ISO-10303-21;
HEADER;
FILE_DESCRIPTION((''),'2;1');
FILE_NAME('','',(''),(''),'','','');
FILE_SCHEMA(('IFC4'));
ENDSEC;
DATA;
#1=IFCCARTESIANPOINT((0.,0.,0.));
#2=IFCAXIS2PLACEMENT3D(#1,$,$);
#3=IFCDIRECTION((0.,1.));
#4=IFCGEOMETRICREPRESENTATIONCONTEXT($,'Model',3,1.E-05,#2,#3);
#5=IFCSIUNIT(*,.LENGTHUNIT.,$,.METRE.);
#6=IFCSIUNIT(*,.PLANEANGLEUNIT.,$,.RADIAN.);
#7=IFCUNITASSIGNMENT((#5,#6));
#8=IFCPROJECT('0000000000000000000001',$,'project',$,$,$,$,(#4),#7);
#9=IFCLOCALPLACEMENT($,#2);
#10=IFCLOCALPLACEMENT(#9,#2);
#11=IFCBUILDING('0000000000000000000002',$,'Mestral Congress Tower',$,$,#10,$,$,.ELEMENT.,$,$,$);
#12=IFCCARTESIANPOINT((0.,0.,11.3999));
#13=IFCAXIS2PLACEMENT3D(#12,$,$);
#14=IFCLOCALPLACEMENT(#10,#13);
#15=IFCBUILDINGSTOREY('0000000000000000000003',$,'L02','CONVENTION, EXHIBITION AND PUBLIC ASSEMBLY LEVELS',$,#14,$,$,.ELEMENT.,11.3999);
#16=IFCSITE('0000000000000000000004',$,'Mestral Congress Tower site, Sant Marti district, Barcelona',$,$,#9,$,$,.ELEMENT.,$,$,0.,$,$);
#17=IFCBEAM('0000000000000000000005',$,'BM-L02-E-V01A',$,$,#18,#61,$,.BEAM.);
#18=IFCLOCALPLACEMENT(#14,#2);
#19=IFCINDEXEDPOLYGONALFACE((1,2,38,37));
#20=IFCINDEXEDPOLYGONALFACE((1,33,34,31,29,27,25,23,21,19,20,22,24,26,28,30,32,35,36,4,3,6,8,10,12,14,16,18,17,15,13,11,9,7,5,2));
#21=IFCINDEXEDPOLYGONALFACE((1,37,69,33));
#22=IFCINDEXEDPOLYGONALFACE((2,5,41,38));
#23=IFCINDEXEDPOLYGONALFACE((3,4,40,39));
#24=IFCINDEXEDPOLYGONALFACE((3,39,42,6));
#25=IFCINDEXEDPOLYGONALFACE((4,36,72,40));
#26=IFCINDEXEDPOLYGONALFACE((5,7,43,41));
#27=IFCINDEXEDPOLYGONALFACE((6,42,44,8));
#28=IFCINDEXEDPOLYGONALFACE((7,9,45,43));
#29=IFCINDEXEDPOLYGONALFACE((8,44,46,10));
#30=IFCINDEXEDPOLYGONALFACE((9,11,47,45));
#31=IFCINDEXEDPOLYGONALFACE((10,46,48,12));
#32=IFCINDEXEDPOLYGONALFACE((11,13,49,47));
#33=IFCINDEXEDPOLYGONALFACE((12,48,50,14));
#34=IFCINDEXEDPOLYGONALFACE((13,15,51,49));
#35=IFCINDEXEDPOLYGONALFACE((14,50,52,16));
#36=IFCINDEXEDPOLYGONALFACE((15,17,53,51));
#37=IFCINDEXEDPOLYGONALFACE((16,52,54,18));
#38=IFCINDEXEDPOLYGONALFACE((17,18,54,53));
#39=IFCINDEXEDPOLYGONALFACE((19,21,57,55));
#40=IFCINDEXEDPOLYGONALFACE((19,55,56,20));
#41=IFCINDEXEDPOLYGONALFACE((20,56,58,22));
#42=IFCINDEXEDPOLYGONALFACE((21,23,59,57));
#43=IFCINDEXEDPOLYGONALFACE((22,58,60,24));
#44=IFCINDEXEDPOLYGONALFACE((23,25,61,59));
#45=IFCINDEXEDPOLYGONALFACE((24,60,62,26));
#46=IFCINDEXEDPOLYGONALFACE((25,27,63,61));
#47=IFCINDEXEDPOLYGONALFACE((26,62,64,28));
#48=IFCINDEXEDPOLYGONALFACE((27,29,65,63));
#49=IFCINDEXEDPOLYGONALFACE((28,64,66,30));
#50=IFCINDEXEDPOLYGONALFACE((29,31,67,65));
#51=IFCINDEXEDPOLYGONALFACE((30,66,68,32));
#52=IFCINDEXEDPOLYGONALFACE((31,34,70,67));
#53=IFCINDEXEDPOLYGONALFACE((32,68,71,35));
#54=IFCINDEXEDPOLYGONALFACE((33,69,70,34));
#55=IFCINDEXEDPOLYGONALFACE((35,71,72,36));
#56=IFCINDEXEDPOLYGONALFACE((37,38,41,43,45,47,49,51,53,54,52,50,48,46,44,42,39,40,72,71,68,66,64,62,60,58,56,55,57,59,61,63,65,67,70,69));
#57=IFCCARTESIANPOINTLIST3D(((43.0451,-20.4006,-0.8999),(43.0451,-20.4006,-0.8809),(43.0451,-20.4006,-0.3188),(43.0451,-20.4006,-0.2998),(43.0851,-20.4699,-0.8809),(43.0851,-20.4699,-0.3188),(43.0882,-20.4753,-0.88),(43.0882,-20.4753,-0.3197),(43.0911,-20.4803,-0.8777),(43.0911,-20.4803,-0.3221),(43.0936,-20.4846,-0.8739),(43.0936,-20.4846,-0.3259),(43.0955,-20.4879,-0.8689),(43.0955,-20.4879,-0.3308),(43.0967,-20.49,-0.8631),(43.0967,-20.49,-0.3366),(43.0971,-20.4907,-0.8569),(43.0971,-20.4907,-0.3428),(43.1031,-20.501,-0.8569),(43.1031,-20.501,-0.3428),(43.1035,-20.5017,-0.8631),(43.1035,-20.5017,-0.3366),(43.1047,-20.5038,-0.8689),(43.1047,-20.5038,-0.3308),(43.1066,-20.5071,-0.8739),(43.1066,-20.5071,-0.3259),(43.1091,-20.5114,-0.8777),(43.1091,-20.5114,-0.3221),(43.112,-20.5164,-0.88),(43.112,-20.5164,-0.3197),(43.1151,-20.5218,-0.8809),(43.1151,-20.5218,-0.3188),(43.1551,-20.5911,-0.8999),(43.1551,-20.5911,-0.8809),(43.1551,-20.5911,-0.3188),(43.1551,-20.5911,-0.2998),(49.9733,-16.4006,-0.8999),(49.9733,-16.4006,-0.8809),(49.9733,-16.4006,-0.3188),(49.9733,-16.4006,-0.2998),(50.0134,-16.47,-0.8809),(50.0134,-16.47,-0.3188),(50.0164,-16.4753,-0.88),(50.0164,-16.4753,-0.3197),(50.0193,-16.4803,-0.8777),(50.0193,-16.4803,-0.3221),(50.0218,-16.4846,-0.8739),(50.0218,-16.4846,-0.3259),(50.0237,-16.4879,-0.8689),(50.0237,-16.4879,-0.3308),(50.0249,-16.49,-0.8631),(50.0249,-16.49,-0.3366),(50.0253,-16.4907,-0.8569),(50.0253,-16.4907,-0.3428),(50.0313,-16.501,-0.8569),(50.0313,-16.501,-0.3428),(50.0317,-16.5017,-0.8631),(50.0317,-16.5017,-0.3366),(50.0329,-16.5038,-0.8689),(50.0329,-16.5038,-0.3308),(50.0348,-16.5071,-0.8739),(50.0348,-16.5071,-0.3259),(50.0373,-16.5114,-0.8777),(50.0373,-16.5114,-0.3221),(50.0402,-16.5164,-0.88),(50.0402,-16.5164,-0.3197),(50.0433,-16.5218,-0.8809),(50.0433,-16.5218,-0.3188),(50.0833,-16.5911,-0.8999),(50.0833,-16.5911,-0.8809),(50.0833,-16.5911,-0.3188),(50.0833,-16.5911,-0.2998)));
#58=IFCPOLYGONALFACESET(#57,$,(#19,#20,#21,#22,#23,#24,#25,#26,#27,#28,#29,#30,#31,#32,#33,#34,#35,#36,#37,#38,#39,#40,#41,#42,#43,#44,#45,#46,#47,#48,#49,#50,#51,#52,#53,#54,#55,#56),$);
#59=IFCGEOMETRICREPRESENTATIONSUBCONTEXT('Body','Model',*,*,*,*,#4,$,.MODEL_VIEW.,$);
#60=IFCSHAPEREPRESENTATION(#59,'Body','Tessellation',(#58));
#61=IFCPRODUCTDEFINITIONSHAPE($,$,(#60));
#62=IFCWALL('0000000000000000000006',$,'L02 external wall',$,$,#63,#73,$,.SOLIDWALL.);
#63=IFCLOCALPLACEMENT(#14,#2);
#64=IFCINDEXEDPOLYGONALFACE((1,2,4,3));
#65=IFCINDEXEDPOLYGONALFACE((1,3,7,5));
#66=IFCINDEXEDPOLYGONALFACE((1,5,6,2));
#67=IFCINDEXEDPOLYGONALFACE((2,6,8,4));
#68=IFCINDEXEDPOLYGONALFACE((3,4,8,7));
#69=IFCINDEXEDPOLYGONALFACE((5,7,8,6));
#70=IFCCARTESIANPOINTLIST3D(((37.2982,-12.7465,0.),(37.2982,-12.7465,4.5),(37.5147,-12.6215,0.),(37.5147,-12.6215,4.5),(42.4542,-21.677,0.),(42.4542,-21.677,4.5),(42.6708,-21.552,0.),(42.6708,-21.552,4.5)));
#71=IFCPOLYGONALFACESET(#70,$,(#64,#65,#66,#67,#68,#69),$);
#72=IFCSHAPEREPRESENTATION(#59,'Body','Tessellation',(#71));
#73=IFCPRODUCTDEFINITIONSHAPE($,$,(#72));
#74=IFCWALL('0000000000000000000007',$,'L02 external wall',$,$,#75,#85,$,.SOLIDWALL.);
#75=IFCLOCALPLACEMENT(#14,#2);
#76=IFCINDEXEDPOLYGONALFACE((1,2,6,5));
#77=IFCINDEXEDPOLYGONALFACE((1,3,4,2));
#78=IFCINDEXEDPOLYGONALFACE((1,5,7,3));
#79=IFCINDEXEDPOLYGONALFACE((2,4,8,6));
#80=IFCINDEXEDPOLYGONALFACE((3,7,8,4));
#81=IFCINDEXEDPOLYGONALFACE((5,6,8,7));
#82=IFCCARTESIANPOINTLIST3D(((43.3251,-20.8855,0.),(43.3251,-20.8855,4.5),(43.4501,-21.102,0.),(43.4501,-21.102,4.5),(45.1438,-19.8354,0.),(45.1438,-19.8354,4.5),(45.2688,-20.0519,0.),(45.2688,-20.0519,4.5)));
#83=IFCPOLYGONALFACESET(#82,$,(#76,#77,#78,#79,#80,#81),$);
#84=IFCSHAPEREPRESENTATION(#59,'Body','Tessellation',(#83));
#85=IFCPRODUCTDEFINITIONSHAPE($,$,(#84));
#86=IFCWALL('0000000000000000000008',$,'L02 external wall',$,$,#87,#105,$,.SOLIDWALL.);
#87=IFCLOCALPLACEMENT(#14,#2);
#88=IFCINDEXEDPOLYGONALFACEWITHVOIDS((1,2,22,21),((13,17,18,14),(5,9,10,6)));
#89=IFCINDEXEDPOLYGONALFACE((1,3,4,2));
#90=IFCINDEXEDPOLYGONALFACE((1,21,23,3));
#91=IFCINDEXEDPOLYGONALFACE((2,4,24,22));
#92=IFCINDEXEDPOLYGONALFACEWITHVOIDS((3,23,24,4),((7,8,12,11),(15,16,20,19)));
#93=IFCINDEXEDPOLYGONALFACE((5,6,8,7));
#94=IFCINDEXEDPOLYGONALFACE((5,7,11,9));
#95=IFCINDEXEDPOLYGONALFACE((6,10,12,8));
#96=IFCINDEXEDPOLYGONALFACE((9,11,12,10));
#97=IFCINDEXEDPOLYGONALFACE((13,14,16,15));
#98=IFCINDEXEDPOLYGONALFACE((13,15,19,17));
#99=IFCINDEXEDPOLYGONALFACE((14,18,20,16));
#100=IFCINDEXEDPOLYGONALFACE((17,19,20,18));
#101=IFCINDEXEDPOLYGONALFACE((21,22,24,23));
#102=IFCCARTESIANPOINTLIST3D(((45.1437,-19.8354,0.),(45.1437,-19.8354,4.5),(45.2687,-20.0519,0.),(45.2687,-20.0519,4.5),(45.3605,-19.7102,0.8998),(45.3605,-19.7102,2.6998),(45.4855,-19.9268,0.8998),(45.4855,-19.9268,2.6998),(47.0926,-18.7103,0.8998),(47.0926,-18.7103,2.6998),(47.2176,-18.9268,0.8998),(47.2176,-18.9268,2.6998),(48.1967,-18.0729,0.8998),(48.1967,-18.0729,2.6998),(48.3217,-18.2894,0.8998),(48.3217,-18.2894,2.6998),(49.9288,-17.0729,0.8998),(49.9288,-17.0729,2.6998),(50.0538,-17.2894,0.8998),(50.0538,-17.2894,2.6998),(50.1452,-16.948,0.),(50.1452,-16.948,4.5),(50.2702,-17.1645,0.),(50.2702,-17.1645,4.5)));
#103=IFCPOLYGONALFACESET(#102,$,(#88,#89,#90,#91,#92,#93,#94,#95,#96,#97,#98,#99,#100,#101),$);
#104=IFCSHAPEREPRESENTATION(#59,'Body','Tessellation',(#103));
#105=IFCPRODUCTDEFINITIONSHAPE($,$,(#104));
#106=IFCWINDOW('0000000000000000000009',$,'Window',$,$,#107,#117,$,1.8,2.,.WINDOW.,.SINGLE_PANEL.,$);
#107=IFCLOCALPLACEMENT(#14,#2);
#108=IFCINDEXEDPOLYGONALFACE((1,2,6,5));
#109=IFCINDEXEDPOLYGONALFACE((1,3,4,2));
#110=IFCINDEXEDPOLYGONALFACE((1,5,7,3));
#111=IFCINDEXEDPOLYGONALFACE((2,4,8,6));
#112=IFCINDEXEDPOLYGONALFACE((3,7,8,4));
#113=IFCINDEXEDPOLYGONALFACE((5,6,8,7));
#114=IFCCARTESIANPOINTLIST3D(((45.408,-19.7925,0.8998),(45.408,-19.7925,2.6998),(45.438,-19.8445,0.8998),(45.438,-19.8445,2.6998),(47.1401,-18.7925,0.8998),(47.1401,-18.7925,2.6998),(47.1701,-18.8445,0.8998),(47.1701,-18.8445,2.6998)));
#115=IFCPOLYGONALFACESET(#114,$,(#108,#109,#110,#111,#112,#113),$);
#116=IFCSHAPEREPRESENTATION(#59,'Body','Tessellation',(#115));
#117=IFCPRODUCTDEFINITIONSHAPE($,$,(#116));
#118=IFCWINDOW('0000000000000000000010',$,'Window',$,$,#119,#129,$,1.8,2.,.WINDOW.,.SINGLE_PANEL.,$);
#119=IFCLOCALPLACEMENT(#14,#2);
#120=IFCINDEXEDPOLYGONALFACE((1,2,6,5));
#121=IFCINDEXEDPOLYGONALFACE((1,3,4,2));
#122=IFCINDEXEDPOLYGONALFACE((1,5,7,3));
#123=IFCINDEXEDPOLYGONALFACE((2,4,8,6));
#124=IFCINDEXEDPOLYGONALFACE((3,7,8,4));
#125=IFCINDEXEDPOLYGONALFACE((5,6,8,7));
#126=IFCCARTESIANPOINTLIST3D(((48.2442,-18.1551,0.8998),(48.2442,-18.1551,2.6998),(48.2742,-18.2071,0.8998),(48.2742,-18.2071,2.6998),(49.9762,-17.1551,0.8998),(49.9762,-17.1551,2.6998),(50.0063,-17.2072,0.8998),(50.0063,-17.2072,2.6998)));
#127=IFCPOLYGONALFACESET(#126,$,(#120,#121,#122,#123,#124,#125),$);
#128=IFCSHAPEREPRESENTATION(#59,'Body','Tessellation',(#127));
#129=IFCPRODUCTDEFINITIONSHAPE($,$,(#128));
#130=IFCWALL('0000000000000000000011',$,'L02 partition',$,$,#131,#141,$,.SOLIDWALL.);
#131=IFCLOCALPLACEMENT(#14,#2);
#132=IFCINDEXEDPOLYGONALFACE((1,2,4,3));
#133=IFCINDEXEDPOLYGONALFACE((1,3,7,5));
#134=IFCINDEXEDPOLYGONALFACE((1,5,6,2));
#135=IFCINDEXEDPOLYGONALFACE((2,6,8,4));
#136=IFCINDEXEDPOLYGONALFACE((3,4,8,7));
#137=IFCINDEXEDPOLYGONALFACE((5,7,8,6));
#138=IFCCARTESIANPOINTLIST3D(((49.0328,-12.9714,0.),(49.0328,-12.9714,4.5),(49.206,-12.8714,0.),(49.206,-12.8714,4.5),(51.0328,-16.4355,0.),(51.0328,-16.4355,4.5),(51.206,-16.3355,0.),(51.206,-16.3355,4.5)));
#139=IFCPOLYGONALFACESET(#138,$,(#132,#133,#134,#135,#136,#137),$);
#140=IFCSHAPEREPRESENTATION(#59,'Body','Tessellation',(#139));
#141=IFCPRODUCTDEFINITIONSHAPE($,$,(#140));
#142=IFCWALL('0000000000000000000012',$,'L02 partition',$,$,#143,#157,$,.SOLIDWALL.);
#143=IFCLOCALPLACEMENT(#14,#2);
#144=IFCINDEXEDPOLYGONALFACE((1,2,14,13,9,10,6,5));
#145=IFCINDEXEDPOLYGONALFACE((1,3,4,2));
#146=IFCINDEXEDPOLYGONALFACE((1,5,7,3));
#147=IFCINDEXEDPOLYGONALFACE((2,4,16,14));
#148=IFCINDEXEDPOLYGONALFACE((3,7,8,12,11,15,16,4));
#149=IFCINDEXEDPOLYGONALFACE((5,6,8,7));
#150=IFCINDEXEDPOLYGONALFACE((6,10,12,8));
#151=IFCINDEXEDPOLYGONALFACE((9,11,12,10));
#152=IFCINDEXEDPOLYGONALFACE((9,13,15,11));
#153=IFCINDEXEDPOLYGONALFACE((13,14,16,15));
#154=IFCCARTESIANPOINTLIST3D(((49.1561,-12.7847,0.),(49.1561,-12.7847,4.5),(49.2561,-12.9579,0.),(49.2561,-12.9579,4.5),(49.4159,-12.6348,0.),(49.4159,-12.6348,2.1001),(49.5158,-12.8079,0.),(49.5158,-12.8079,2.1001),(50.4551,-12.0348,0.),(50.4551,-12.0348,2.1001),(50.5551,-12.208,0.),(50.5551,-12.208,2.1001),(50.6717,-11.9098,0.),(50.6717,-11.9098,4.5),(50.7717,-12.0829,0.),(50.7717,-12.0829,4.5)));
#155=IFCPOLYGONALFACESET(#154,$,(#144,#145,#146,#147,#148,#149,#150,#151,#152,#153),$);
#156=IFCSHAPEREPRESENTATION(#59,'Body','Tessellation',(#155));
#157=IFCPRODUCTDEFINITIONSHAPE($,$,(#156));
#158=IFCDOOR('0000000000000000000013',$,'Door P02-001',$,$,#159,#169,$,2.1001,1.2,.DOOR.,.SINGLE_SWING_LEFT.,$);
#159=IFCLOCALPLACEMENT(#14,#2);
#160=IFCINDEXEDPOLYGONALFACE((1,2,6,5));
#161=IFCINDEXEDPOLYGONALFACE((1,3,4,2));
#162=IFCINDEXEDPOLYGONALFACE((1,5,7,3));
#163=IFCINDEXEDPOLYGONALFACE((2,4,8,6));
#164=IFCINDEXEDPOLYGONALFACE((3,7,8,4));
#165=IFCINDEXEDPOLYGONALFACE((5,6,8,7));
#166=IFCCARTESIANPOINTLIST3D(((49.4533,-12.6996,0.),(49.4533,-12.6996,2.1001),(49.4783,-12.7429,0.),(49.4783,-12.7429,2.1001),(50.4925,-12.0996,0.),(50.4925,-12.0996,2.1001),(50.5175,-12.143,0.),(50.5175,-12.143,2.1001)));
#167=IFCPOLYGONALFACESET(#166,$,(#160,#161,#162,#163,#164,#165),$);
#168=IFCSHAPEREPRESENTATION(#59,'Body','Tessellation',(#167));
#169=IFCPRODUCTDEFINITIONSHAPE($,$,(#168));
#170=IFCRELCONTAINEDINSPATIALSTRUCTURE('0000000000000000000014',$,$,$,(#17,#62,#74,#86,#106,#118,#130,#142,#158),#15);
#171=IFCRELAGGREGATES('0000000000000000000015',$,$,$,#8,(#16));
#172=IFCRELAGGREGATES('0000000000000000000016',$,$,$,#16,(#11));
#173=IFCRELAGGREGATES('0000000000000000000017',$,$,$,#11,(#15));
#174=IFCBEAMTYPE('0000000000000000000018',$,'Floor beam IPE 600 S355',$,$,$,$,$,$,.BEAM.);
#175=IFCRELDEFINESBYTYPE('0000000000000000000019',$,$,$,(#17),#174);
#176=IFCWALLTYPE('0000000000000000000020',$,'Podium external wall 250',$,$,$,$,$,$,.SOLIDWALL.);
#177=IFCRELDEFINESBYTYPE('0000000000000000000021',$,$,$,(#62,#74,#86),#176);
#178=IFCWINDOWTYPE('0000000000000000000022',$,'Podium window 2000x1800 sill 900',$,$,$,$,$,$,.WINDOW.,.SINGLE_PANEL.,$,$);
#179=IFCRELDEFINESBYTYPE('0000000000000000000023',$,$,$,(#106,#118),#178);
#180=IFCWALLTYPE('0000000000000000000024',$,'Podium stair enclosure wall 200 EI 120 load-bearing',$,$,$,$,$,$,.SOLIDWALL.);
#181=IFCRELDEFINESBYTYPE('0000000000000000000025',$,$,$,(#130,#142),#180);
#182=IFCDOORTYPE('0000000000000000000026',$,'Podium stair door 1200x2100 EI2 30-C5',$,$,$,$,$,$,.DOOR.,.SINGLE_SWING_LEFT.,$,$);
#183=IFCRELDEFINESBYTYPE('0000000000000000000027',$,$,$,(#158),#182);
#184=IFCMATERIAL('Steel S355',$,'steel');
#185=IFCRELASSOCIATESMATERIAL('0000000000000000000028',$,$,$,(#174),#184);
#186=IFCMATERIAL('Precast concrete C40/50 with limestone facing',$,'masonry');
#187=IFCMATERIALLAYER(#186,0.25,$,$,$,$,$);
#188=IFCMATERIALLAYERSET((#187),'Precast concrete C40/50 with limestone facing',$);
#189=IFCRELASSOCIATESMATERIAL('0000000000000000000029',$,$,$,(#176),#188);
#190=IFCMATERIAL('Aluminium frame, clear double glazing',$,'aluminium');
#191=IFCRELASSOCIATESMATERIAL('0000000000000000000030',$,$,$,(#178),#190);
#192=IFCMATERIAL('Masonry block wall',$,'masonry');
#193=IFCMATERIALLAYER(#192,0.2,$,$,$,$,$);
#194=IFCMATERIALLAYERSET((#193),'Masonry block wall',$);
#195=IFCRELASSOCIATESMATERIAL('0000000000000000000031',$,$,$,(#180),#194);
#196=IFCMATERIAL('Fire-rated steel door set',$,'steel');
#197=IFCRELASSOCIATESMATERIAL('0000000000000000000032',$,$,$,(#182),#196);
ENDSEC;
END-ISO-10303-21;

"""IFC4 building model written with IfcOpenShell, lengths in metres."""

from ifc_helpers import new_model, si_unit, direction, frame, frame_2d, origin, origin_2d, place, context, subcontext, project, spatial, rectangle, i_section, extrude, material, layer, layer_set, material_profile, profile_set, type_object, element, fill, save


model = new_model("IFC4")

# Units and contexts
model_context = context("Model", 3, precision=1e-05, world=origin(), true_north=direction((0.0, 1.0)))
body_context = subcontext(model_context, "Body", "Model", "MODEL_VIEW")
ifc_project = project(units=[si_unit("LENGTHUNIT", "METRE"), si_unit("PLANEANGLEUNIT", "RADIAN")], contexts=[model_context])

# Site, building, storey
site_placement = place(None, origin())
site = spatial("IfcSite", under=ifc_project, at=site_placement, Name="Mestral Congress Tower site, Sant Marti district, Barcelona", CompositionType="ELEMENT", RefElevation=0.0)
building_placement = place(site_placement, origin())
building = spatial("IfcBuilding", under=site, at=building_placement, Name="Mestral Congress Tower", CompositionType="ELEMENT")
storey_placement = place(building_placement, frame((0.0, 0.0, 11.3999)))
storey = spatial("IfcBuildingStorey", under=building, at=storey_placement, Name="L02", Description="CONVENTION, EXHIBITION AND PUBLIC ASSEMBLY LEVELS", CompositionType="ELEMENT", Elevation=11.3999)

# Beam
ifc_material_1 = material(Name="Steel S355", Category="steel")
ifc_material_profile_1 = material_profile(ifc_material_1, i_section(OverallWidth=0.22, OverallDepth=0.6001, WebThickness=0.012, FlangeThickness=0.019, FilletRadius=0.0239, at=origin_2d()), Name="IPE 600")
ifc_profile_set_1 = profile_set([ifc_material_profile_1], Name="Steel S355")
beam_type_1 = type_object("IfcBeamType", Name="Floor beam IPE 600 S355", PredefinedType="BEAM", material=ifc_profile_set_1)
beam_1_placement = place(storey_placement, frame((43.1001, -20.4958, -0.5999), z_axis=(0.866026, 0.499999, 0.0), x_axis=(-0.499999, 0.866026, 0.0)))
element("IfcBeam", 1, at=beam_1_placement, inside=storey, type_object=beam_type_1, Name="BM-L02-E-V01A", PredefinedType="BEAM", context=body_context, shape_type="SweptSolid", body=[
    extrude(i_section(OverallWidth=0.22, OverallDepth=0.6001, WebThickness=0.012, FlangeThickness=0.019, FilletRadius=0.0239, at=origin_2d()), origin(), (0.0, 0.0, 1.0), 8.0),
])

# Walls
ifc_material_2 = material(Name="Precast concrete C40/50 with limestone facing", Category="masonry")
ifc_layer_1 = layer(ifc_material_2, 0.25)
ifc_layer_set_1 = layer_set([ifc_layer_1], Name="Precast concrete C40/50 with limestone facing")
wall_type_1 = type_object("IfcWallType", Name="Podium external wall 250", PredefinedType="SOLIDWALL", material=ifc_layer_set_1)
wall_1_placement = place(storey_placement, frame((42.5625, -21.6145, 0.0), z_axis=(0.0, 0.0, 1.0), x_axis=(-0.500002, 0.866024, 0.0)))
element("IfcWall", 2, at=wall_1_placement, inside=storey, type_object=wall_type_1, Name="L02 external wall", PredefinedType="SOLIDWALL", context=body_context, shape_type="SweptSolid", body=[
    extrude(rectangle(XDim=10.312, YDim=0.25, at=frame_2d((5.156, 0.0))), origin(), (0.0, 0.0, 1.0), 4.5),
])
wall_2_placement = place(storey_placement, frame((45.2063, -19.9436, 0.0), z_axis=(0.0, 0.0, 1.0), x_axis=(-0.866009, -0.500028, 0.0)))
element("IfcWall", 3, at=wall_2_placement, inside=storey, type_object=wall_type_1, Name="L02 external wall", PredefinedType="SOLIDWALL", context=body_context, shape_type="SweptSolid", body=[
    extrude(rectangle(XDim=2.1001, YDim=0.25, at=frame_2d((1.05, 0.0))), origin(), (0.0, 0.0, 1.0), 4.5),
])

# Wall, openings, windows
wall_3_placement = place(storey_placement, frame((50.2078, -17.0562, 0.0), z_axis=(0.0, 0.0, 1.0), x_axis=(-0.866036, -0.499981, 0.0)))
wall_3 = element("IfcWall", 4, at=wall_3_placement, inside=storey, type_object=wall_type_1, Name="L02 external wall", PredefinedType="SOLIDWALL", context=body_context, shape_type="SweptSolid", body=[
    extrude(rectangle(XDim=5.7751, YDim=0.25, at=frame_2d((2.8877, 0.0))), origin(), (0.0, 0.0, 1.0), 4.5),
])
opening_1_placement = place(wall_3_placement, frame((3.5249, 0.0, 0.8999)))
opening_1 = element("IfcOpeningElement", 5, at=opening_1_placement, cuts=wall_3, PredefinedType="OPENING", context=body_context, shape_type="SweptSolid", body=[
    extrude(rectangle(XDim=2.0, YDim=1.8, at=frame_2d((1.0, 0.8999))), frame((0.0, 0.135, 0.0), z_axis=(0.0, -1.0, 0.0), x_axis=(1.0, 0.0, 0.0)), (0.0, 0.0, 1.0), 0.27),
])
opening_2_placement = place(wall_3_placement, frame((0.25, 0.0, 0.8999)))
opening_2 = element("IfcOpeningElement", 6, at=opening_2_placement, cuts=wall_3, PredefinedType="OPENING", context=body_context, shape_type="SweptSolid", body=[
    extrude(rectangle(XDim=2.0, YDim=1.8, at=frame_2d((1.0, 0.8999))), frame((0.0, 0.135, 0.0), z_axis=(0.0, -1.0, 0.0), x_axis=(1.0, 0.0, 0.0)), (0.0, 0.0, 1.0), 0.27),
])
ifc_material_3 = material(Name="Aluminium frame, clear double glazing", Category="aluminium")
window_type = type_object("IfcWindowType", Name="Podium window 2000x1800 sill 900", PartitioningType="SINGLE_PANEL", PredefinedType="WINDOW", material=ifc_material_3)
window_1_placement = place(opening_1_placement, origin())
window_1 = element("IfcWindow", 7, at=window_1_placement, inside=storey, type_object=window_type, Name="Window", OverallHeight=1.8, OverallWidth=2.0, PartitioningType="SINGLE_PANEL", PredefinedType="WINDOW", context=body_context, shape_type="SweptSolid", body=[
    extrude(rectangle(XDim=2.0, YDim=1.8, at=frame_2d((1.0, 0.8999))), frame((0.0, 0.03, 0.0), z_axis=(0.0, -1.0, 0.0), x_axis=(1.0, 0.0, 0.0)), (0.0, 0.0, 1.0), 0.0601),
])
fill(opening_1, window_1)
window_2_placement = place(opening_2_placement, origin())
window_2 = element("IfcWindow", 8, at=window_2_placement, inside=storey, type_object=window_type, Name="Window", OverallHeight=1.8, OverallWidth=2.0, PartitioningType="SINGLE_PANEL", PredefinedType="WINDOW", context=body_context, shape_type="SweptSolid", body=[
    extrude(rectangle(XDim=2.0, YDim=1.8, at=frame_2d((1.0, 0.8999))), frame((0.0, 0.03, 0.0), z_axis=(0.0, -1.0, 0.0), x_axis=(1.0, 0.0, 0.0)), (0.0, 0.0, 1.0), 0.0601),
])
fill(opening_2, window_2)

# Wall
ifc_material_4 = material(Name="Masonry block wall", Category="masonry")
ifc_layer_2 = layer(ifc_material_4, 0.2)
ifc_layer_set_2 = layer_set([ifc_layer_2], Name="Masonry block wall")
wall_type_2 = type_object("IfcWallType", Name="Podium stair enclosure wall 200 EI 120 load-bearing", PredefinedType="SOLIDWALL", material=ifc_layer_set_2)
wall_4_placement = place(storey_placement, frame((51.1194, -16.3855, 0.0), z_axis=(0.0, 0.0, 1.0), x_axis=(-0.499999, 0.866026, 0.0)))
element("IfcWall", 9, at=wall_4_placement, inside=storey, type_object=wall_type_2, Name="L02 partition", PredefinedType="SOLIDWALL", context=body_context, shape_type="SweptSolid", body=[
    extrude(rectangle(XDim=4.0, YDim=0.2, at=frame_2d((2.0, 0.0))), origin(), (0.0, 0.0, 1.0), 4.5),
])

# Wall, opening, door
wall_5_placement = place(storey_placement, frame((50.7217, -11.9963, 0.0), z_axis=(0.0, 0.0, 1.0), x_axis=(-0.866037, -0.49998, 0.0)))
wall_5 = element("IfcWall", 10, at=wall_5_placement, inside=storey, type_object=wall_type_2, Name="L02 partition", PredefinedType="SOLIDWALL", context=body_context, shape_type="SweptSolid", body=[
    extrude(rectangle(XDim=1.75, YDim=0.2, at=frame_2d((0.875, 0.0))), origin(), (0.0, 0.0, 1.0), 4.5),
])
opening_3_placement = place(wall_5_placement, frame((0.25, 0.0, 0.0)))
opening_3 = element("IfcOpeningElement", 11, at=opening_3_placement, cuts=wall_5, PredefinedType="OPENING", context=body_context, shape_type="SweptSolid", body=[
    extrude(rectangle(XDim=1.2, YDim=2.1001, at=frame_2d((0.6001, 1.05))), frame((0.0, 0.1099, 0.0), z_axis=(0.0, -1.0, 0.0), x_axis=(1.0, 0.0, 0.0)), (0.0, 0.0, 1.0), 0.22),
])
ifc_material_5 = material(Name="Fire-rated steel door set", Category="steel")
door_type_1 = type_object("IfcDoorType", Name="Podium stair door 1200x2100 EI2 30-C5", OperationType="SINGLE_SWING_LEFT", PredefinedType="DOOR", material=ifc_material_5)
door_1_placement = place(opening_3_placement, origin())
door_1 = element("IfcDoor", 12, at=door_1_placement, inside=storey, type_object=door_type_1, Name="Door P02-001", OperationType="SINGLE_SWING_LEFT", OverallHeight=2.1001, OverallWidth=1.2, PredefinedType="DOOR", context=body_context, shape_type="SweptSolid", body=[
    extrude(rectangle(XDim=1.2, YDim=2.1001, at=frame_2d((0.6001, 1.05))), frame((0.0, 0.0249, 0.0), z_axis=(0.0, -1.0, 0.0), x_axis=(1.0, 0.0, 0.0)), (0.0, 0.0, 1.0), 0.05),
])
fill(opening_3, door_1)

save(model, "model.ifc")
